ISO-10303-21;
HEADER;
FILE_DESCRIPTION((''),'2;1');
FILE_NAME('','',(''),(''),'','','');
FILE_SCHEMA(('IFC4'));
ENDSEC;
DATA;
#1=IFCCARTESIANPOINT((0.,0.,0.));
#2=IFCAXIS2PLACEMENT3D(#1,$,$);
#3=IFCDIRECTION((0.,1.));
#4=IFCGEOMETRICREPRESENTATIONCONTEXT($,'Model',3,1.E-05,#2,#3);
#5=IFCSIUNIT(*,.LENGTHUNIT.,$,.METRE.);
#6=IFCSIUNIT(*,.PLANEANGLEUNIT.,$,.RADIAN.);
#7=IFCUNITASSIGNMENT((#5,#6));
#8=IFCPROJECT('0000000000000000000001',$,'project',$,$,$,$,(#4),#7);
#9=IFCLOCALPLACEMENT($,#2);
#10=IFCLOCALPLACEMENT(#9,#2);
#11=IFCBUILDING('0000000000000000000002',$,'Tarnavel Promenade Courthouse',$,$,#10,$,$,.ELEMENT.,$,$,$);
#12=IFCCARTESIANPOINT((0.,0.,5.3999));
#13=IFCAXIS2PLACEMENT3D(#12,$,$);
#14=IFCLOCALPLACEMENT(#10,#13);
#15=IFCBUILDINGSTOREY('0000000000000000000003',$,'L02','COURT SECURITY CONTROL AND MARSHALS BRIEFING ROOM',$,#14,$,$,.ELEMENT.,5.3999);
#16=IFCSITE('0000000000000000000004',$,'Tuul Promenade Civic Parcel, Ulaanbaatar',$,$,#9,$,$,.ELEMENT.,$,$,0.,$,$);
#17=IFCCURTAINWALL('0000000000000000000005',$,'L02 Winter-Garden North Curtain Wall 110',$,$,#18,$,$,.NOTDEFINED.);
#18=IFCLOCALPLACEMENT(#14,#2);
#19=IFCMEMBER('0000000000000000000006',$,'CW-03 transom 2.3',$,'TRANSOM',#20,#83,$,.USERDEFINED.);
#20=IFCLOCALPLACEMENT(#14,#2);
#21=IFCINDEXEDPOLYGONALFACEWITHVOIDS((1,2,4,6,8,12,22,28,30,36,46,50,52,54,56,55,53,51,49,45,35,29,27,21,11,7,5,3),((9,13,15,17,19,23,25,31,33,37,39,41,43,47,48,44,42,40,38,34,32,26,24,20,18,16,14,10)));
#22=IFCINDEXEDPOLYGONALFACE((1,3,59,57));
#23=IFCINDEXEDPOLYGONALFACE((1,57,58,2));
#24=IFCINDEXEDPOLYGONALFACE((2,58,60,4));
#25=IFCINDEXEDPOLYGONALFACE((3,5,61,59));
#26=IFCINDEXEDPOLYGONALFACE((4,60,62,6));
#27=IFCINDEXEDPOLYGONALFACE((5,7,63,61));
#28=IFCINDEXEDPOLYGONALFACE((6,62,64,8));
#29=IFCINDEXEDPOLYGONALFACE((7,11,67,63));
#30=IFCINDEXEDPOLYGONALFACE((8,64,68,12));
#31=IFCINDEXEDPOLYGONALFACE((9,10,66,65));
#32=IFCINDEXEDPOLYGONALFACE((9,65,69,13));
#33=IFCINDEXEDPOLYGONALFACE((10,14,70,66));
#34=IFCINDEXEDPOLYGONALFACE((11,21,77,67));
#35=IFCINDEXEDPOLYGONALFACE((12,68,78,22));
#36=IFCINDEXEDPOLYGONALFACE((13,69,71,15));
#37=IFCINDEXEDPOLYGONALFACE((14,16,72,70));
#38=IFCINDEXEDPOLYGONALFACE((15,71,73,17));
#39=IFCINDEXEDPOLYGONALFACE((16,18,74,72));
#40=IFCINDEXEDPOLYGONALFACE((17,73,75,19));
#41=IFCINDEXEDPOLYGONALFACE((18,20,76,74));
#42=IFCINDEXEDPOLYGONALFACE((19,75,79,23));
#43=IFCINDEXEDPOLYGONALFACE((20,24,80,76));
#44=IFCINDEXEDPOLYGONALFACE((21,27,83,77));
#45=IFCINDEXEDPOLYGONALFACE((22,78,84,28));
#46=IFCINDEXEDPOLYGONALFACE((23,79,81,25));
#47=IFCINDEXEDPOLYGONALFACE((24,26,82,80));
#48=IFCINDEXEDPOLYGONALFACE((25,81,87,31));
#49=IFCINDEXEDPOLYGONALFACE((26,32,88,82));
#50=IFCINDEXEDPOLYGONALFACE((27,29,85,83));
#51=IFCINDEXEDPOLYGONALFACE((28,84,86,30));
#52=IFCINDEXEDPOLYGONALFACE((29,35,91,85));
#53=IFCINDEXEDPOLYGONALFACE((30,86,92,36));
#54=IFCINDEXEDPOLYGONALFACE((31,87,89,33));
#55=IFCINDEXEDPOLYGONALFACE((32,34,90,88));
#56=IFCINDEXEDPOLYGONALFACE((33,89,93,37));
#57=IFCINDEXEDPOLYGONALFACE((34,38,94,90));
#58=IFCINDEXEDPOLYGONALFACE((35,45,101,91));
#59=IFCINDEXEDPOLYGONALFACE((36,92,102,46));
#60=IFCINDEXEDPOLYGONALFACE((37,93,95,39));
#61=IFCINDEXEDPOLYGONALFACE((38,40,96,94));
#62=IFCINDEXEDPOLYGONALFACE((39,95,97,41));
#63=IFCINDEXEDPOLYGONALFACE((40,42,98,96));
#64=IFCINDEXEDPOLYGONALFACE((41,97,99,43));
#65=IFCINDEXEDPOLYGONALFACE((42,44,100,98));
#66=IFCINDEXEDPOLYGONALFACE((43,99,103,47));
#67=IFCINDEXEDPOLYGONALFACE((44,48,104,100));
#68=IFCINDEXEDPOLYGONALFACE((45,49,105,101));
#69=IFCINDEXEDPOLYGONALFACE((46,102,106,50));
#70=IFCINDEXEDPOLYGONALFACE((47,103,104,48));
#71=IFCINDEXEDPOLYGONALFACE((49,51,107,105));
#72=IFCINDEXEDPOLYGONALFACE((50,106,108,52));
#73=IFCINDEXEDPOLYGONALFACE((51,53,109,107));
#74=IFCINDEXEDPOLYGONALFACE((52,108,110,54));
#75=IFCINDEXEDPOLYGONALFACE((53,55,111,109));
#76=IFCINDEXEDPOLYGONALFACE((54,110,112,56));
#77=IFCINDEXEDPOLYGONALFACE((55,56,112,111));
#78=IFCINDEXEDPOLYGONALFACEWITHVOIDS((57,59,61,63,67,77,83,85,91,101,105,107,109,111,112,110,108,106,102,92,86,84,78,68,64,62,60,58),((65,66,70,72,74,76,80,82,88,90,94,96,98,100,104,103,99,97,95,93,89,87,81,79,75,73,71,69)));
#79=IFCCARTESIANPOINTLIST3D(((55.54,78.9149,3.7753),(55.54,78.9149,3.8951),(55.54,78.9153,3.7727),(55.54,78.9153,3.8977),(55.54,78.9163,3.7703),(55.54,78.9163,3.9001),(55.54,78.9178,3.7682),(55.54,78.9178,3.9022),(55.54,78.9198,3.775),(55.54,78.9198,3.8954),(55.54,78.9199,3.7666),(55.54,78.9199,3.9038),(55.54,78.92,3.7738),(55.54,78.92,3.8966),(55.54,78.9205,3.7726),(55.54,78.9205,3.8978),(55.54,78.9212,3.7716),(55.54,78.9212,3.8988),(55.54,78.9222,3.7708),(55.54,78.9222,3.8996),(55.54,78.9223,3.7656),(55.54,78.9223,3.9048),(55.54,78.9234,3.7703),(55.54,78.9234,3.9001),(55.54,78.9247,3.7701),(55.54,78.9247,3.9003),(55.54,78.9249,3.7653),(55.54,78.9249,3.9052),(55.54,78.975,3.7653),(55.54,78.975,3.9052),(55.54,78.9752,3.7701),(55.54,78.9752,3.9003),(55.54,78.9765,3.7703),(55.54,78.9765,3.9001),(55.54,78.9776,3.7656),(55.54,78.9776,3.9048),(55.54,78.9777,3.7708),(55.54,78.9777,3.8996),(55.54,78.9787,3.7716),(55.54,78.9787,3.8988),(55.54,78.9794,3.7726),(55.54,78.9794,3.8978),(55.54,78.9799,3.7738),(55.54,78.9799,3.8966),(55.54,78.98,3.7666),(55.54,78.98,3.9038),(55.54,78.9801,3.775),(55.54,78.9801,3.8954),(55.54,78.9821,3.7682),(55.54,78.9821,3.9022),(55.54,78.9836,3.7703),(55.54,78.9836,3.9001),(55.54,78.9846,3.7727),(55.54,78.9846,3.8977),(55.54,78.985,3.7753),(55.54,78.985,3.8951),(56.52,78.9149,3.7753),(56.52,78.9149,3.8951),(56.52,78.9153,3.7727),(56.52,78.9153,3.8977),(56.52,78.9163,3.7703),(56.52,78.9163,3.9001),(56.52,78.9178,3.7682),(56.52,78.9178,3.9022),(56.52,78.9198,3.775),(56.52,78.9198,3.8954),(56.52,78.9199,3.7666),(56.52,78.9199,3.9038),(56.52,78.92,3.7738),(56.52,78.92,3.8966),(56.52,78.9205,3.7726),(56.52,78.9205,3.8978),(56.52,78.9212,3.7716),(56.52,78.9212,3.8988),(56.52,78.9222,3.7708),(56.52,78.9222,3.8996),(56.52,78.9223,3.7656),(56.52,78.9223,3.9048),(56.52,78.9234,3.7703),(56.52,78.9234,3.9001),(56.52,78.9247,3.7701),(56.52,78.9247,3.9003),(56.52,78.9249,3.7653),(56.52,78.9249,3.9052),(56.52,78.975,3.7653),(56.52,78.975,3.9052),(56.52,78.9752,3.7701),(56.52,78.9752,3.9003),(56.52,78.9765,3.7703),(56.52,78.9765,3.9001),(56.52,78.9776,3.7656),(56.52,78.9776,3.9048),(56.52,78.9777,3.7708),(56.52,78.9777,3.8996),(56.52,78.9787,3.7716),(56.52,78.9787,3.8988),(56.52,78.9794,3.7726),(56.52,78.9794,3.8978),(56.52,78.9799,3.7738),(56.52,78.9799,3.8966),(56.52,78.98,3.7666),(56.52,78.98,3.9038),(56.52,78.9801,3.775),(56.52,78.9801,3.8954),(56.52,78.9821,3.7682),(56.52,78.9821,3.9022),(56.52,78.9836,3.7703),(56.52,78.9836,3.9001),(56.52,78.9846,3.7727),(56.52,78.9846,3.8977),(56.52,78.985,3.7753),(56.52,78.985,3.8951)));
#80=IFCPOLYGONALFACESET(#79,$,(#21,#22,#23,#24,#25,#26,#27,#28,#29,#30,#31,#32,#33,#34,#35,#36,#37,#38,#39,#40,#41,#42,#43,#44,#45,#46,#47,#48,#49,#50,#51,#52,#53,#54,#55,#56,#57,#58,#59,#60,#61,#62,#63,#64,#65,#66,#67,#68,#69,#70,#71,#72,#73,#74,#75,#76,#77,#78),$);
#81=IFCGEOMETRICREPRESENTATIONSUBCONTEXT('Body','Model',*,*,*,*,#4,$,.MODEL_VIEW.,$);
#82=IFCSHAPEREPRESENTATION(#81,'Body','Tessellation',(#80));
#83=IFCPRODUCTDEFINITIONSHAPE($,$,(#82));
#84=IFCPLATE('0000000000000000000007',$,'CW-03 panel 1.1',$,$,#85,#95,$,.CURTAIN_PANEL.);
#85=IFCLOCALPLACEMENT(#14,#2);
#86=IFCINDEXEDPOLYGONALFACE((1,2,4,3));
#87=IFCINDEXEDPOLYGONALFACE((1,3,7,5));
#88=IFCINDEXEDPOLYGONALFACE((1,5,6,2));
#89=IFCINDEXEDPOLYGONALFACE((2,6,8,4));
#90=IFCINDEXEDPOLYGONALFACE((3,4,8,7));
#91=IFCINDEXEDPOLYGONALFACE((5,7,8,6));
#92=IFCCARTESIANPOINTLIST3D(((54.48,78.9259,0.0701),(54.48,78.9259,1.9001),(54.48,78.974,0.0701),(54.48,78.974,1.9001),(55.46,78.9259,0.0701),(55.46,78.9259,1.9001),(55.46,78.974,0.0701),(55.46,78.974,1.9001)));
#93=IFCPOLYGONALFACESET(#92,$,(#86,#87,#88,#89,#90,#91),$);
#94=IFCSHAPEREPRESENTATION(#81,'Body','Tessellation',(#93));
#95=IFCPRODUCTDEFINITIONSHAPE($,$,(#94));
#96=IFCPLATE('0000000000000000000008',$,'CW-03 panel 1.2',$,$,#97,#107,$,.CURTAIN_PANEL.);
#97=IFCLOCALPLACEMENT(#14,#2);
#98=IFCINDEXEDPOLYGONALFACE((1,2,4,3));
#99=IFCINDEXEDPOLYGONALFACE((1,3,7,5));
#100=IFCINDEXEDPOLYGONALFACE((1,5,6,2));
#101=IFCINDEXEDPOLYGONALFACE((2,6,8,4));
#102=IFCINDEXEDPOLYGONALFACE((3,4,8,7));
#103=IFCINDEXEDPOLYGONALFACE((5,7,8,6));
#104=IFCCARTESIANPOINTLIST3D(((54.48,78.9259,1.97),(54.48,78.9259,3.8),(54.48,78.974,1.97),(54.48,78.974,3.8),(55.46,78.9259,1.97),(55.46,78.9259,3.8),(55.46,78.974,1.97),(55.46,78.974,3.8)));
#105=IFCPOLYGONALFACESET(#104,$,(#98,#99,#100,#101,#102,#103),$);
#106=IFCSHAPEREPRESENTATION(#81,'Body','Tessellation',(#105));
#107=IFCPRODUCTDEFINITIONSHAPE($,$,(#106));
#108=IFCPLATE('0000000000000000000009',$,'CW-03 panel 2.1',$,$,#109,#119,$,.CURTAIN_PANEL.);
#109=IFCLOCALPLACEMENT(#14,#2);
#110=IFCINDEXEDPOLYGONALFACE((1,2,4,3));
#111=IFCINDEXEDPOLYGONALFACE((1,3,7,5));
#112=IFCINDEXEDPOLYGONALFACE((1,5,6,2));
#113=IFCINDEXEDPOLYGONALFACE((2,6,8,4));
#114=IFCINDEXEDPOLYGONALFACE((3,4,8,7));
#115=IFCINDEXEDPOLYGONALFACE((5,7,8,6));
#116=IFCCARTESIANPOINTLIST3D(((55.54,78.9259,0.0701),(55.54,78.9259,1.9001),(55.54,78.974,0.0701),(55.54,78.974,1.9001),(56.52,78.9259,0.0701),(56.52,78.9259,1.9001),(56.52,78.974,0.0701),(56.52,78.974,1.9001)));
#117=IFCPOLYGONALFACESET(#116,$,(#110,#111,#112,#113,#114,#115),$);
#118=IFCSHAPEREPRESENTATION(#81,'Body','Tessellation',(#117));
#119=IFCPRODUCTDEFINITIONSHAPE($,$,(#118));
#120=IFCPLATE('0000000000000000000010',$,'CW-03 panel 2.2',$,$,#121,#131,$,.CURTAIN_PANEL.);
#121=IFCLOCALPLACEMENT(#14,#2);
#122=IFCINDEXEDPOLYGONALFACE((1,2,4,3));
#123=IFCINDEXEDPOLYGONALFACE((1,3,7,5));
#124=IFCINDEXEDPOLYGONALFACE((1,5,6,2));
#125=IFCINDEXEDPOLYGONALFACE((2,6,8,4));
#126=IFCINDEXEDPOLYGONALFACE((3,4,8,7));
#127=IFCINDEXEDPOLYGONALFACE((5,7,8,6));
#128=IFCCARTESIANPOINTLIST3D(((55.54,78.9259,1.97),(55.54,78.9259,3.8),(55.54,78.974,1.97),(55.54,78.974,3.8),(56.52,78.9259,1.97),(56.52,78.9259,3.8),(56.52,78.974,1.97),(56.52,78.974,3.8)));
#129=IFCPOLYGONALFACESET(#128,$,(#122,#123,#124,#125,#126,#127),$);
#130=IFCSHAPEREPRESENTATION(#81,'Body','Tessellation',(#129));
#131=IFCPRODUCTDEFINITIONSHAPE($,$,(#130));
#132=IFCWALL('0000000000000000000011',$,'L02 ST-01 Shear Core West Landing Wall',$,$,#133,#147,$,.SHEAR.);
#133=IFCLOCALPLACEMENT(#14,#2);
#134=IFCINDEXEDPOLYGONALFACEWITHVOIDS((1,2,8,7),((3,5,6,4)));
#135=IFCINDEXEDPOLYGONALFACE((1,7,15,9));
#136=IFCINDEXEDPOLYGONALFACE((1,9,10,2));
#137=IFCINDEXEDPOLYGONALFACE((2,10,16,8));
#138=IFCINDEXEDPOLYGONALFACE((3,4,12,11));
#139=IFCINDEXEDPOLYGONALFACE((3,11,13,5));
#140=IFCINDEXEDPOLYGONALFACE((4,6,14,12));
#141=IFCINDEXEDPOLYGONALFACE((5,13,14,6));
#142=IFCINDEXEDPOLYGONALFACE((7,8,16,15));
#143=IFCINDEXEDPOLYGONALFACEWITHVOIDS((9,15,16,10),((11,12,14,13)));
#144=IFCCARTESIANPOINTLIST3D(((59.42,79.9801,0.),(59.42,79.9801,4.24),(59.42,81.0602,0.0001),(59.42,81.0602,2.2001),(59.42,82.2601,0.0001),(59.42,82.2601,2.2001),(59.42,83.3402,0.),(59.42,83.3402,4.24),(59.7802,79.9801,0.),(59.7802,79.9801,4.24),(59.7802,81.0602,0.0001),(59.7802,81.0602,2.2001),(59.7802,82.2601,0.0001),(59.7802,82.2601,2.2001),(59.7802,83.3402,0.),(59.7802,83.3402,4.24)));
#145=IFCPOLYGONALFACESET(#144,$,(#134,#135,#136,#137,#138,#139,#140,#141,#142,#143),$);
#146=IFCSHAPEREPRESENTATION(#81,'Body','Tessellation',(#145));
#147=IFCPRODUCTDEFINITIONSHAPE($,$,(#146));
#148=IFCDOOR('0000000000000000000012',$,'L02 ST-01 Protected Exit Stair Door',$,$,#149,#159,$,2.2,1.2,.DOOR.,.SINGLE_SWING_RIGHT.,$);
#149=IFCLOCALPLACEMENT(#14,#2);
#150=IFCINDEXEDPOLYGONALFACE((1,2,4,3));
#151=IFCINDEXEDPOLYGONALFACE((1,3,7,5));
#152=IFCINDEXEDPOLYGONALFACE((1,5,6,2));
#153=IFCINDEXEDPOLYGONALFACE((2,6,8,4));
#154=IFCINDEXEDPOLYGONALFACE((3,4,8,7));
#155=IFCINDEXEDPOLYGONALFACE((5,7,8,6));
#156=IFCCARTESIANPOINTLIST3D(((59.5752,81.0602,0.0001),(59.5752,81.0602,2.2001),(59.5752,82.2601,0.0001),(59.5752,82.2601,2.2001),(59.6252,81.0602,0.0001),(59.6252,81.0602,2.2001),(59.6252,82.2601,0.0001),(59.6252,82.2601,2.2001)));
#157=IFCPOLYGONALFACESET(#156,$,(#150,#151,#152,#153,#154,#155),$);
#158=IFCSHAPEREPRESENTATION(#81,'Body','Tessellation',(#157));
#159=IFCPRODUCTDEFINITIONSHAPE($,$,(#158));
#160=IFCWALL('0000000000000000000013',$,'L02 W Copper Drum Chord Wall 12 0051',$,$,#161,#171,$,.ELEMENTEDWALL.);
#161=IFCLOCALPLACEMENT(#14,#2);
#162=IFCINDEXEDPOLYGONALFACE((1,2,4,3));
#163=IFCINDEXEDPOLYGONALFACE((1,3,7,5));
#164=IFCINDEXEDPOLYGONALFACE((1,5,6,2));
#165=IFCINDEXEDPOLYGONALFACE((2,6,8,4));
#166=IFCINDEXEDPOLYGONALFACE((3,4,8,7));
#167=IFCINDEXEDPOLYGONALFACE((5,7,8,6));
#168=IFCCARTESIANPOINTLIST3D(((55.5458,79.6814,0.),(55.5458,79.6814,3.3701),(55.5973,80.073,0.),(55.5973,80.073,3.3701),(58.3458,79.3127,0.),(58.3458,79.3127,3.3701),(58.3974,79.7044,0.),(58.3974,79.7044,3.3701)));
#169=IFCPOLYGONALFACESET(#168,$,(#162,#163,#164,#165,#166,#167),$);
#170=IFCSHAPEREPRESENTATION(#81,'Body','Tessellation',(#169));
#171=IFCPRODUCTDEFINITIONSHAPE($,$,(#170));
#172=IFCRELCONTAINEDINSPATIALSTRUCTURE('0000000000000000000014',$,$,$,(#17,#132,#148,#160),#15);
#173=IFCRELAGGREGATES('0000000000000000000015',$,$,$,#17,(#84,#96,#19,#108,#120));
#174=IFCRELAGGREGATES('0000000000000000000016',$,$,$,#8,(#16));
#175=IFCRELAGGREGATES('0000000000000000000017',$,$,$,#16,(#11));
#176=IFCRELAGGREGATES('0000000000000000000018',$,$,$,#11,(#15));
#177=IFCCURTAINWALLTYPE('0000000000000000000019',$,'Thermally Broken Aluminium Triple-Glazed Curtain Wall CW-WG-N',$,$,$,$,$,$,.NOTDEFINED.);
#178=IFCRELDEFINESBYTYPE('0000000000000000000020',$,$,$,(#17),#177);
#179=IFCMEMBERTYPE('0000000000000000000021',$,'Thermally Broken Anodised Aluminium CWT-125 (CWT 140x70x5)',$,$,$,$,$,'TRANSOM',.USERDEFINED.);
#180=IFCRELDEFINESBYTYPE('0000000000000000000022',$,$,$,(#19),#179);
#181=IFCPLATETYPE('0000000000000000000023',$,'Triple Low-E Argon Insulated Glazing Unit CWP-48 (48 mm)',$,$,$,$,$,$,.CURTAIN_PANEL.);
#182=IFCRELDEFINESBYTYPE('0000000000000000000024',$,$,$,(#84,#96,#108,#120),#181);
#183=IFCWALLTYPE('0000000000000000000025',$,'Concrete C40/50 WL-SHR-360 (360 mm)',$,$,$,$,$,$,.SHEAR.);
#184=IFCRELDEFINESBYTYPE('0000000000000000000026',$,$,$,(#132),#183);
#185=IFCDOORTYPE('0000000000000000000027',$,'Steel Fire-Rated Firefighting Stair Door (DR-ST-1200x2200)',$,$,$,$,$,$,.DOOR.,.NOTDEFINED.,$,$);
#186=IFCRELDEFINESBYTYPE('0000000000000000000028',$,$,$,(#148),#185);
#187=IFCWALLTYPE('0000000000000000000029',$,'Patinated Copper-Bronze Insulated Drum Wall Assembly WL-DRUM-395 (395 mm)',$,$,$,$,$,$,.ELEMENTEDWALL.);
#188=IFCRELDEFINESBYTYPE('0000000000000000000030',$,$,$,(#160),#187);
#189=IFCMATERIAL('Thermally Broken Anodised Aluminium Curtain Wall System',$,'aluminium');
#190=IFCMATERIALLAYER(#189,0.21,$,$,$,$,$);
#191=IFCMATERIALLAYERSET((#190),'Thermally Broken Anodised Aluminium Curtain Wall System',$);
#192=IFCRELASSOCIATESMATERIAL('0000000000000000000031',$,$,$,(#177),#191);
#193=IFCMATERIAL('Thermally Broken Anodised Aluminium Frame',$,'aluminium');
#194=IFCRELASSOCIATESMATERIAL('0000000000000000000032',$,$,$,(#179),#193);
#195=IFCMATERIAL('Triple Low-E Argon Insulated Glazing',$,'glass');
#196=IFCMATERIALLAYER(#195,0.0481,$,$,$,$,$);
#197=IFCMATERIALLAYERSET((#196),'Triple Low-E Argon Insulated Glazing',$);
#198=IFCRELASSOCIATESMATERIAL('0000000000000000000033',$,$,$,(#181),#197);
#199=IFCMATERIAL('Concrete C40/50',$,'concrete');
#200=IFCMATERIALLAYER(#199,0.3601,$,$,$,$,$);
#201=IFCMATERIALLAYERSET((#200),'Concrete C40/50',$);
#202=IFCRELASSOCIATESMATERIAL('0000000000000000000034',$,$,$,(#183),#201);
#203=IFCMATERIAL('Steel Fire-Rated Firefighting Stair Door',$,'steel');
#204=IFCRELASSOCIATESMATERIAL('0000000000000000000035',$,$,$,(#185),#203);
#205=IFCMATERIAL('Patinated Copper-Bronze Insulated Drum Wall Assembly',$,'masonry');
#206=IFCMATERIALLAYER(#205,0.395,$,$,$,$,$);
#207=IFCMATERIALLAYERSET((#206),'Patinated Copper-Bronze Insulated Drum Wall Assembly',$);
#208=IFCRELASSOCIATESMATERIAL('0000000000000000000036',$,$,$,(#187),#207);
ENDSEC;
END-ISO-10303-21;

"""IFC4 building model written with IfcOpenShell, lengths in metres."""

from ifc_helpers import new_model, si_unit, direction, frame, frame_2d, origin, origin_2d, place, context, subcontext, project, spatial, rectangle, hollow_rectangle, extrude, material, layer, layer_set, material_profile, profile_set, type_object, element, fill, aggregate, save


model = new_model("IFC4")

# Units and contexts
model_context = context("Model", 3, precision=1e-05, world=origin(), true_north=direction((0.0, 1.0)))
body_context = subcontext(model_context, "Body", "Model", "MODEL_VIEW")
ifc_project = project(units=[si_unit("LENGTHUNIT", "METRE"), si_unit("PLANEANGLEUNIT", "RADIAN")], contexts=[model_context])

# Site, building, storey
site_placement = place(None, origin())
site = spatial("IfcSite", under=ifc_project, at=site_placement, Name="Tuul Promenade Civic Parcel, Ulaanbaatar", CompositionType="ELEMENT", RefElevation=0.0)
building_placement = place(site_placement, origin())
building = spatial("IfcBuilding", under=site, at=building_placement, Name="Tarnavel Promenade Courthouse", CompositionType="ELEMENT")
storey_placement = place(building_placement, frame((0.0, 0.0, 5.3999)))
storey = spatial("IfcBuildingStorey", under=building, at=storey_placement, Name="L02", Description="COURT SECURITY CONTROL AND MARSHALS BRIEFING ROOM", CompositionType="ELEMENT", Elevation=5.3999)

# Shared definitions
ifc_material_1 = material(Name="Concrete C40/50", Category="concrete")

# Curtain wall, member, plates
ifc_material_2 = material(Name="Thermally Broken Anodised Aluminium Curtain Wall System", Category="aluminium")
ifc_layer_1 = layer(ifc_material_2, 0.21)
ifc_layer_set_1 = layer_set([ifc_layer_1], Name="Thermally Broken Anodised Aluminium Curtain Wall System")
curtain_wall_type = type_object("IfcCurtainWallType", Name="Thermally Broken Aluminium Triple-Glazed Curtain Wall CW-WG-N", PredefinedType="NOTDEFINED", material=ifc_layer_set_1)
curtain_wall_placement = place(storey_placement, origin())
curtain_wall = element("IfcCurtainWall", 1, at=curtain_wall_placement, inside=storey, type_object=curtain_wall_type, Name="L02 Winter-Garden North Curtain Wall 110", PredefinedType="NOTDEFINED")
ifc_material_3 = material(Name="Thermally Broken Anodised Aluminium Frame", Category="aluminium")
ifc_material_profile_1 = material_profile(ifc_material_3, hollow_rectangle(XDim=0.0701, YDim=0.1399, WallThickness=0.0049, InnerFilletRadius=0.0049, OuterFilletRadius=0.01, at=origin_2d()), Name="CWT 140x70x5")
ifc_profile_set_1 = profile_set([ifc_material_profile_1], Name="Thermally Broken Anodised Aluminium Frame")
member_type_1 = type_object("IfcMemberType", Name="Thermally Broken Anodised Aluminium CWT-125 (CWT 140x70x5)", ElementType="TRANSOM", PredefinedType="USERDEFINED", material=ifc_profile_set_1)
member_1_placement = place(storey_placement, frame((55.54, 78.95, 3.8352), z_axis=(1.0, 0.0, 0.0), x_axis=(0.0, 1.0, 0.0)))
member_1 = element("IfcMember", 2, at=member_1_placement, type_object=member_type_1, Name="CW-03 transom 2.3", ObjectType="TRANSOM", PredefinedType="USERDEFINED", context=body_context, shape_type="SweptSolid", body=[
    extrude(hollow_rectangle(XDim=0.0701, YDim=0.1399, WallThickness=0.0049, InnerFilletRadius=0.0049, OuterFilletRadius=0.01, at=origin_2d()), origin(), (0.0, 0.0, 1.0), 0.98),
])
ifc_material_4 = material(Name="Triple Low-E Argon Insulated Glazing", Category="glass")
ifc_layer_2 = layer(ifc_material_4, 0.0481)
ifc_layer_set_2 = layer_set([ifc_layer_2], Name="Triple Low-E Argon Insulated Glazing")
plate_type = type_object("IfcPlateType", Name="Triple Low-E Argon Insulated Glazing Unit CWP-48 (48 mm)", PredefinedType="CURTAIN_PANEL", material=ifc_layer_set_2)
plate_1_placement = place(storey_placement, frame((54.97, 78.95, 0.0701), z_axis=(0.0, 0.0, 1.0), x_axis=(1.0, 0.0, 0.0)))
plate_1 = element("IfcPlate", 3, at=plate_1_placement, type_object=plate_type, Name="CW-03 panel 1.1", PredefinedType="CURTAIN_PANEL", context=body_context, shape_type="SweptSolid", body=[
    extrude(rectangle(XDim=0.98, YDim=0.0481, at=origin_2d()), origin(), (0.0, 0.0, 1.0), 1.8301),
])
plate_2_placement = place(storey_placement, frame((54.97, 78.95, 1.97), z_axis=(0.0, 0.0, 1.0), x_axis=(1.0, 0.0, 0.0)))
plate_2 = element("IfcPlate", 4, at=plate_2_placement, type_object=plate_type, Name="CW-03 panel 1.2", PredefinedType="CURTAIN_PANEL", context=body_context, shape_type="SweptSolid", body=[
    extrude(rectangle(XDim=0.98, YDim=0.0481, at=origin_2d()), origin(), (0.0, 0.0, 1.0), 1.8301),
])
plate_3_placement = place(storey_placement, frame((56.03, 78.95, 0.0701), z_axis=(0.0, 0.0, 1.0), x_axis=(1.0, 0.0, 0.0)))
plate_3 = element("IfcPlate", 5, at=plate_3_placement, type_object=plate_type, Name="CW-03 panel 2.1", PredefinedType="CURTAIN_PANEL", context=body_context, shape_type="SweptSolid", body=[
    extrude(rectangle(XDim=0.98, YDim=0.0481, at=origin_2d()), origin(), (0.0, 0.0, 1.0), 1.8301),
])
plate_4_placement = place(storey_placement, frame((56.03, 78.95, 1.97), z_axis=(0.0, 0.0, 1.0), x_axis=(1.0, 0.0, 0.0)))
plate_4 = element("IfcPlate", 6, at=plate_4_placement, type_object=plate_type, Name="CW-03 panel 2.2", PredefinedType="CURTAIN_PANEL", context=body_context, shape_type="SweptSolid", body=[
    extrude(rectangle(XDim=0.98, YDim=0.0481, at=origin_2d()), origin(), (0.0, 0.0, 1.0), 1.8301),
])
aggregate(curtain_wall, [plate_1, plate_2, member_1, plate_3, plate_4])

# Wall, opening, door
ifc_layer_3 = layer(ifc_material_1, 0.3601)
ifc_layer_set_3 = layer_set([ifc_layer_3], Name="Concrete C40/50")
wall_type_1 = type_object("IfcWallType", Name="Concrete C40/50 WL-SHR-360 (360 mm)", PredefinedType="SHEAR", material=ifc_layer_set_3)
wall_1_placement = place(storey_placement, frame((59.6001, 79.98, 0.0), z_axis=(0.0, 0.0, 1.0), x_axis=(0.0, 1.0, 0.0)))
wall_1 = element("IfcWall", 7, at=wall_1_placement, inside=storey, type_object=wall_type_1, Name="L02 ST-01 Shear Core West Landing Wall", PredefinedType="SHEAR", context=body_context, shape_type="SweptSolid", body=[
    extrude(rectangle(XDim=3.3601, YDim=0.3601, at=frame_2d((1.6802, 0.0))), origin(), (0.0, 0.0, 1.0), 4.24),
])
opening_placement = place(wall_1_placement, frame((1.0801, 0.0, 0.0)))
opening = element("IfcOpeningElement", 8, at=opening_placement, cuts=wall_1, PredefinedType="OPENING", context=body_context, shape_type="SweptSolid", body=[
    extrude(rectangle(XDim=1.2, YDim=2.2, at=frame_2d((0.6001, 1.1001))), frame((0.0, 0.1899, 0.0), z_axis=(0.0, -1.0, 0.0), x_axis=(1.0, 0.0, 0.0)), (0.0, 0.0, 1.0), 0.3801),
])
ifc_material_5 = material(Name="Steel Fire-Rated Firefighting Stair Door", Category="steel")
door_type = type_object("IfcDoorType", Name="Steel Fire-Rated Firefighting Stair Door (DR-ST-1200x2200)", OperationType="NOTDEFINED", PredefinedType="DOOR", material=ifc_material_5)
door_placement = place(opening_placement, origin())
door = element("IfcDoor", 9, at=door_placement, inside=storey, type_object=door_type, Name="L02 ST-01 Protected Exit Stair Door", OperationType="SINGLE_SWING_RIGHT", OverallHeight=2.2, OverallWidth=1.2, PredefinedType="DOOR", context=body_context, shape_type="SweptSolid", body=[
    extrude(rectangle(XDim=1.2, YDim=2.2, at=frame_2d((0.6001, 1.1001))), frame((0.0, 0.0249, 0.0), z_axis=(0.0, -1.0, 0.0), x_axis=(1.0, 0.0, 0.0)), (0.0, 0.0, 1.0), 0.05),
])
fill(opening, door)

# Wall
ifc_material_6 = material(Name="Patinated Copper-Bronze Insulated Drum Wall Assembly", Category="masonry")
ifc_layer_4 = layer(ifc_material_6, 0.395)
ifc_layer_set_4 = layer_set([ifc_layer_4], Name="Patinated Copper-Bronze Insulated Drum Wall Assembly")
wall_type_2 = type_object("IfcWallType", Name="Patinated Copper-Bronze Insulated Drum Wall Assembly WL-DRUM-395 (395 mm)", PredefinedType="ELEMENTEDWALL", material=ifc_layer_set_4)
wall_2_placement = place(storey_placement, frame((55.5715, 79.8772, 0.0), z_axis=(0.0, 0.0, 1.0), x_axis=(0.991444, -0.130533, 0.0)))
element("IfcWall", 10, at=wall_2_placement, inside=storey, type_object=wall_type_2, Name="L02 W Copper Drum Chord Wall 12 0051", PredefinedType="ELEMENTEDWALL", context=body_context, shape_type="SweptSolid", body=[
    extrude(rectangle(XDim=2.8242, YDim=0.395, at=frame_2d((1.4121, 0.0))), origin(), (0.0, 0.0, 1.0), 3.3701),
])

save(model, "model.ifc")
